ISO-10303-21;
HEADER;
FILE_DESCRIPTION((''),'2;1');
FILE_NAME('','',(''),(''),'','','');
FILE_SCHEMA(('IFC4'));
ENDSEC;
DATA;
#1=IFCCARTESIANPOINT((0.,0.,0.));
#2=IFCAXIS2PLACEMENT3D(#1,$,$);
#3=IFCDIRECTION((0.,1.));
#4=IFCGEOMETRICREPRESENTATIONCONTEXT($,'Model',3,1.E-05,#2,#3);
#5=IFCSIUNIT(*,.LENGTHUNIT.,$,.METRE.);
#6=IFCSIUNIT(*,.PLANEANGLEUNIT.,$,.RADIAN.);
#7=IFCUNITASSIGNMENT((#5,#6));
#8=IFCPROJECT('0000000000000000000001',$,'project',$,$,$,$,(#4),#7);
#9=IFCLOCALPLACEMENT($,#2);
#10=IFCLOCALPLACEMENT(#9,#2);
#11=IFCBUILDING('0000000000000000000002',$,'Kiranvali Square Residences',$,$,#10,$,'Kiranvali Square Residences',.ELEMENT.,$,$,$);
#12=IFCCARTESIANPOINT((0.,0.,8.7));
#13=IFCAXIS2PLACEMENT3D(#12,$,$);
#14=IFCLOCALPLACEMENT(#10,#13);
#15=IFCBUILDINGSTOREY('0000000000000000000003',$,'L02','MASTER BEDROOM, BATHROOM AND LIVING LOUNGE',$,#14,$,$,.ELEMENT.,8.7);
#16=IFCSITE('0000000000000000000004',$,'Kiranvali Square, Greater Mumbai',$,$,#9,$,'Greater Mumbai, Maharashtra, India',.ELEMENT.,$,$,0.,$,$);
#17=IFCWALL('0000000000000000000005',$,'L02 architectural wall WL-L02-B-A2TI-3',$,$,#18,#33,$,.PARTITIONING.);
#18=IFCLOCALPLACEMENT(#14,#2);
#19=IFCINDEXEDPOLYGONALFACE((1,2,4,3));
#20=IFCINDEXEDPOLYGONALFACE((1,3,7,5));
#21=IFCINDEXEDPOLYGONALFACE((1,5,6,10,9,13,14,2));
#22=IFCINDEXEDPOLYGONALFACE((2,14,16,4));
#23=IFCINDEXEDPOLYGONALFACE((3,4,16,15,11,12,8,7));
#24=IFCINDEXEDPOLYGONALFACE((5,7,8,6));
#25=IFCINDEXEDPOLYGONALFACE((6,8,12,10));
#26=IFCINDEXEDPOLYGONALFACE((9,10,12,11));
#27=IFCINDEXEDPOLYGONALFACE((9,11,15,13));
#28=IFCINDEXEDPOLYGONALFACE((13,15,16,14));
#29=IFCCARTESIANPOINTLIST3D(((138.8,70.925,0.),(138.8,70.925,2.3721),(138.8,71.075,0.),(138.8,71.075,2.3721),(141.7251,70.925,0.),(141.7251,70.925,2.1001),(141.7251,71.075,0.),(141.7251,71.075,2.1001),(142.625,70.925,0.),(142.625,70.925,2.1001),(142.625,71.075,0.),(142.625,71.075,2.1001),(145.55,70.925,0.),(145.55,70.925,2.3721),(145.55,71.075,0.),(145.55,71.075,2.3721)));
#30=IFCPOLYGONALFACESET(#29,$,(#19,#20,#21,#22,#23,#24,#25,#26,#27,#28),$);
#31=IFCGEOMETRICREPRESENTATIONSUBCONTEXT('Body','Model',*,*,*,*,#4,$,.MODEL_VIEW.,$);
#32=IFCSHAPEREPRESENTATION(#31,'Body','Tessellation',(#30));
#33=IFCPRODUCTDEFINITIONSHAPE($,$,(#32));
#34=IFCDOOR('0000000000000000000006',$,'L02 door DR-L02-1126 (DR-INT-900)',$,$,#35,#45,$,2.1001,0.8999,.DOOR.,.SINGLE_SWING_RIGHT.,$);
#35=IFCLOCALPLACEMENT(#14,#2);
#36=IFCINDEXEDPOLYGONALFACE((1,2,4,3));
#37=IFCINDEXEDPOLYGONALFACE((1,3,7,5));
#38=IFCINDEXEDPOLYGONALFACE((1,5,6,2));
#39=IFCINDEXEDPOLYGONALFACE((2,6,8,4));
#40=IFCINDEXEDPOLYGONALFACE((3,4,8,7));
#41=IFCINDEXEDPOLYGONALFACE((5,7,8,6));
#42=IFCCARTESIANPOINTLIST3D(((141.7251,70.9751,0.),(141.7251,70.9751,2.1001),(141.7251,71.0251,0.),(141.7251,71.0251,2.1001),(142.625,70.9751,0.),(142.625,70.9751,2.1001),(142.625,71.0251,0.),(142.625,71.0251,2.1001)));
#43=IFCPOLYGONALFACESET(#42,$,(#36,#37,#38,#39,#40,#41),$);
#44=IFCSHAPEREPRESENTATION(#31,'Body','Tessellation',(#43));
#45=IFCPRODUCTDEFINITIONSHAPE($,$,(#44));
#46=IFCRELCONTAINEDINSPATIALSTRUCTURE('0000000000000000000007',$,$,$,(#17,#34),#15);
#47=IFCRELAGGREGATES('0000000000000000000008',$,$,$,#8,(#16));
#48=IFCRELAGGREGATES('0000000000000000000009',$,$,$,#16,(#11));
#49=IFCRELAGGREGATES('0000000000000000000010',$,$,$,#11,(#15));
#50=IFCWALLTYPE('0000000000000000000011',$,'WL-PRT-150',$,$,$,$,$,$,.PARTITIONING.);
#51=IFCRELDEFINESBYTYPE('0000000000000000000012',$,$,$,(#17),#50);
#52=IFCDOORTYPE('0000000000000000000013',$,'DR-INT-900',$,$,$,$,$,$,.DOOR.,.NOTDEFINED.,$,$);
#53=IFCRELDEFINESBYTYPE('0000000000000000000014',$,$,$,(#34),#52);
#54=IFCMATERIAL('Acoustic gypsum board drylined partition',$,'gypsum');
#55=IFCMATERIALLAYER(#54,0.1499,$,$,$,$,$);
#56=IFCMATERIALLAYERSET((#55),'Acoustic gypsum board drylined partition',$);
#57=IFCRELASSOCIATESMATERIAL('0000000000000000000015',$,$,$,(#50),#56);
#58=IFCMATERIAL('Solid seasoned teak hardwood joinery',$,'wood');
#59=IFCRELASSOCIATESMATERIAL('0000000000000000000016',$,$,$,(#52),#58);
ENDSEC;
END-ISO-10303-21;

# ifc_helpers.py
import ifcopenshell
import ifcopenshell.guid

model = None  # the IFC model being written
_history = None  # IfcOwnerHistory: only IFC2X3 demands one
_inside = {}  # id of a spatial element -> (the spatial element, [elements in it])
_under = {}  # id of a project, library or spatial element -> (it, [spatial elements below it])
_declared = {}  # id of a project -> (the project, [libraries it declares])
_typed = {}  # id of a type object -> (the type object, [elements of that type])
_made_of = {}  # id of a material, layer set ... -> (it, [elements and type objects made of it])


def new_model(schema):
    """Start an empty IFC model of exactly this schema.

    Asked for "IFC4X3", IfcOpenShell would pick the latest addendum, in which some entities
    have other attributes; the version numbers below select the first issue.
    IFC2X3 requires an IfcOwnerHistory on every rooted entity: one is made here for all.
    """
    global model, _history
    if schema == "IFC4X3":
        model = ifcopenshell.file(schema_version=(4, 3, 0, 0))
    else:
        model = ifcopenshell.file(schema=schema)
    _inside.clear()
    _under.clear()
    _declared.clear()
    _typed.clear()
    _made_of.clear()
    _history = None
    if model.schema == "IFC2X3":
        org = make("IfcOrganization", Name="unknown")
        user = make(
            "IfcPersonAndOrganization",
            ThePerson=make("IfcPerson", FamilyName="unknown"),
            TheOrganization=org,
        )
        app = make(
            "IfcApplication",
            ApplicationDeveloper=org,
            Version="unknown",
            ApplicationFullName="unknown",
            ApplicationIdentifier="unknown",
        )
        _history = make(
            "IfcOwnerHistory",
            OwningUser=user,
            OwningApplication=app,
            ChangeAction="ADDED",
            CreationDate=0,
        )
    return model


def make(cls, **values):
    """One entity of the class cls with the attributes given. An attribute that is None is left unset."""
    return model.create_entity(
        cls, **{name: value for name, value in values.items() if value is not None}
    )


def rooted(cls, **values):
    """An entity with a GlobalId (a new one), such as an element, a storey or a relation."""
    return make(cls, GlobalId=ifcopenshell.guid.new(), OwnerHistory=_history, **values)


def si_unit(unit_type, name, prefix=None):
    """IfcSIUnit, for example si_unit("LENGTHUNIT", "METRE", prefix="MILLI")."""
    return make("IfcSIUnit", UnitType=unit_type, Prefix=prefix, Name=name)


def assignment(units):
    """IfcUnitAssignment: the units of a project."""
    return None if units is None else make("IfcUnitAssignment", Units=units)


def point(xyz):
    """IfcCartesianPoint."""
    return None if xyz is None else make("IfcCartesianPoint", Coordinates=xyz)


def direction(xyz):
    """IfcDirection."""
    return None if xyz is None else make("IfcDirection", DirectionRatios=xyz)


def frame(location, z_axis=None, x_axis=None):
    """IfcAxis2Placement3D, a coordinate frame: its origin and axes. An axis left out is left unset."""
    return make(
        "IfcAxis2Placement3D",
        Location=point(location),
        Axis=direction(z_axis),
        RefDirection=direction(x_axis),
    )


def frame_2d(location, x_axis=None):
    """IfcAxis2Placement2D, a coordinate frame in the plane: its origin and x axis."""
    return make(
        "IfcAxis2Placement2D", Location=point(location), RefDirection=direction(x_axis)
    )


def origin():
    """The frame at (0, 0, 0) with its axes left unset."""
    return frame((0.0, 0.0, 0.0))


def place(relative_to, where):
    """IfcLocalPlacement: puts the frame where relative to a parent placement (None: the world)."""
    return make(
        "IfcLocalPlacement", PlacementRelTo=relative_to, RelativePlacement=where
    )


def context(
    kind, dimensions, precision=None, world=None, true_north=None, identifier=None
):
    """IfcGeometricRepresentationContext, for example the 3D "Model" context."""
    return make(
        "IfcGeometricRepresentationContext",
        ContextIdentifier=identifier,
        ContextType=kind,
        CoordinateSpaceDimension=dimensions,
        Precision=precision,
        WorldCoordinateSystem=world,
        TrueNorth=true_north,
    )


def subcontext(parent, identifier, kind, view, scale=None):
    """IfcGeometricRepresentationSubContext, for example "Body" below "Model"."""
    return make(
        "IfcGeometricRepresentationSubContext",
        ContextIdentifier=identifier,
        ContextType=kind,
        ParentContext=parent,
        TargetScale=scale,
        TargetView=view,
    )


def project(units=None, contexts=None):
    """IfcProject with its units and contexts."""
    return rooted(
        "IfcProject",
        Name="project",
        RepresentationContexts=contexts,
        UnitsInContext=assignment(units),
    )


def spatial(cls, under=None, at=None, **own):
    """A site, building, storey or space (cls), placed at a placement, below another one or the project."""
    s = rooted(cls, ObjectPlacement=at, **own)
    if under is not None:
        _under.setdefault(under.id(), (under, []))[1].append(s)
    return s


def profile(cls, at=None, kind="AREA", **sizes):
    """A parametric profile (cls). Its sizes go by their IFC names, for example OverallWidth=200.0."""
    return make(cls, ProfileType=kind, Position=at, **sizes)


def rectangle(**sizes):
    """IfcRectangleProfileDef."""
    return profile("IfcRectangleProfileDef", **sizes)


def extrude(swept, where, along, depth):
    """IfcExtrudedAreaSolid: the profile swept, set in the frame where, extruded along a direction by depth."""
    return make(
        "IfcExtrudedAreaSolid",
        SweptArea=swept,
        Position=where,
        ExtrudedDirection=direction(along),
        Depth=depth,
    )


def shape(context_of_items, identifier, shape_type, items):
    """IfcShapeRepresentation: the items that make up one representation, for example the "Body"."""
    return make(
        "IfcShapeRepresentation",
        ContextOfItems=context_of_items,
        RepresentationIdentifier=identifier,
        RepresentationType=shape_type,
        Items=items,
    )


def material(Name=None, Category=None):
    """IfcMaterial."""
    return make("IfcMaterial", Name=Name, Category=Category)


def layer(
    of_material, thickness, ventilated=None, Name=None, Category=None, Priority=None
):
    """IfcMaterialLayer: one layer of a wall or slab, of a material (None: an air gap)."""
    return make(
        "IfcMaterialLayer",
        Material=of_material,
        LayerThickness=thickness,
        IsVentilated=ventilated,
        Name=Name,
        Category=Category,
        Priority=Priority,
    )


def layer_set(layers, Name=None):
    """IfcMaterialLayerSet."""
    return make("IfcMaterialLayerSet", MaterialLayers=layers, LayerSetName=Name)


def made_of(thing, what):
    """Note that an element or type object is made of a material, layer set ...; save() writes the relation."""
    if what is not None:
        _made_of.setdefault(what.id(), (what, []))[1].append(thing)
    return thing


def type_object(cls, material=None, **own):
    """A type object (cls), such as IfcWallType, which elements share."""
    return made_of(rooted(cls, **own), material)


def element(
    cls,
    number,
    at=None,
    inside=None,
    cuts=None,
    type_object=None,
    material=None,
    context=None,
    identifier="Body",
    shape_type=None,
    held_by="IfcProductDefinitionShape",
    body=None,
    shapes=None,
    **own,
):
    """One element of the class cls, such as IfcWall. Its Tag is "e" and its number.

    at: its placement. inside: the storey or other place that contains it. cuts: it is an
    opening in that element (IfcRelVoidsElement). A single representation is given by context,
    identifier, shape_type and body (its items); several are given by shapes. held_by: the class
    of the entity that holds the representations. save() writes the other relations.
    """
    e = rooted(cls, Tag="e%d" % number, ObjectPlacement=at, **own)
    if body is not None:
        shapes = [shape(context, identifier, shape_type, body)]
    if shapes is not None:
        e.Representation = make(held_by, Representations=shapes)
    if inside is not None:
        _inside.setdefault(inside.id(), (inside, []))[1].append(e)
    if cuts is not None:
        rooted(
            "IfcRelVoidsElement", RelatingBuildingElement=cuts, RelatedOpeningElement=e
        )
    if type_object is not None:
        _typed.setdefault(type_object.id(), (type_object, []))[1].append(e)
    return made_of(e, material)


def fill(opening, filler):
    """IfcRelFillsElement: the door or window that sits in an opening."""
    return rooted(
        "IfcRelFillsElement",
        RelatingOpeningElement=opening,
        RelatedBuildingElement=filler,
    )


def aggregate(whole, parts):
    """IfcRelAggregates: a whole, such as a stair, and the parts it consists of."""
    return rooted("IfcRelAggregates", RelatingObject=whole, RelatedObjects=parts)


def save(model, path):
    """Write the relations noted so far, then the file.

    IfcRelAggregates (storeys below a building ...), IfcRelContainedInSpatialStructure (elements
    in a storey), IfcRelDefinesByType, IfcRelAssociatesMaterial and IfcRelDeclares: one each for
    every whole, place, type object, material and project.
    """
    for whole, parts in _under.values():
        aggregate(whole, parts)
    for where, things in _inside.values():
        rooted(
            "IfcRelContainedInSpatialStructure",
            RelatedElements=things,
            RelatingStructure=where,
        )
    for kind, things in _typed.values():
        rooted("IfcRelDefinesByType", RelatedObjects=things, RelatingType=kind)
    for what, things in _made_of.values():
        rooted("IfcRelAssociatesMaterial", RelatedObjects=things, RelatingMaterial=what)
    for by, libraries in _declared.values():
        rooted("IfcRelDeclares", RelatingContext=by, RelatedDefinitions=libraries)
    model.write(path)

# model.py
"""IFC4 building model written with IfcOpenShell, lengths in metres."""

from ifc_helpers import new_model, si_unit, direction, frame, frame_2d, origin, place, context, subcontext, project, spatial, rectangle, extrude, material, layer, layer_set, type_object, element, fill, save


model = new_model("IFC4")

# Units and contexts
model_context = context("Model", 3, precision=1e-05, world=origin(), true_north=direction((0.0, 1.0)))
body_context = subcontext(model_context, "Body", "Model", "MODEL_VIEW")
ifc_project = project(units=[si_unit("LENGTHUNIT", "METRE"), si_unit("PLANEANGLEUNIT", "RADIAN")], contexts=[model_context])

# Site, building, storey
site_placement = place(None, origin())
site = spatial("IfcSite", under=ifc_project, at=site_placement, Name="Kiranvali Square, Greater Mumbai", LongName="Greater Mumbai, Maharashtra, India", CompositionType="ELEMENT", RefElevation=0.0)
building_placement = place(site_placement, origin())
building = spatial("IfcBuilding", under=site, at=building_placement, Name="Kiranvali Square Residences", LongName="Kiranvali Square Residences", CompositionType="ELEMENT")
storey_placement = place(building_placement, frame((0.0, 0.0, 8.7)))
storey = spatial("IfcBuildingStorey", under=building, at=storey_placement, Name="L02", Description="MASTER BEDROOM, BATHROOM AND LIVING LOUNGE", CompositionType="ELEMENT", Elevation=8.7)

# Wall, opening, door
ifc_material_1 = material(Name="Acoustic gypsum board drylined partition", Category="gypsum")
ifc_layer_1 = layer(ifc_material_1, 0.1499)
ifc_layer_set_1 = layer_set([ifc_layer_1], Name="Acoustic gypsum board drylined partition")
wall_type_1 = type_object("IfcWallType", Name="WL-PRT-150", PredefinedType="PARTITIONING", material=ifc_layer_set_1)
wall_1_placement = place(storey_placement, frame((138.8, 71.0, 0.0), z_axis=(0.0, 0.0, 1.0), x_axis=(1.0, 0.0, 0.0)))
wall_1 = element("IfcWall", 1, at=wall_1_placement, inside=storey, type_object=wall_type_1, Name="L02 architectural wall WL-L02-B-A2TI-3", PredefinedType="PARTITIONING", context=body_context, shape_type="SweptSolid", body=[
    extrude(rectangle(XDim=6.75, YDim=0.1499, at=frame_2d((3.375, 0.0))), origin(), (0.0, 0.0, 1.0), 2.3721),
])
opening_1_placement = place(wall_1_placement, frame((2.925, 0.0, 0.0)))
opening_1 = element("IfcOpeningElement", 2, at=opening_1_placement, cuts=wall_1, PredefinedType="OPENING", context=body_context, shape_type="SweptSolid", body=[
    extrude(rectangle(XDim=0.8999, YDim=2.1001, at=frame_2d((0.45, 1.05))), frame((0.0, 0.085, 0.0), z_axis=(0.0, -1.0, 0.0), x_axis=(1.0, 0.0, 0.0)), (0.0, 0.0, 1.0), 0.1699),
])
ifc_material_2 = material(Name="Solid seasoned teak hardwood joinery", Category="wood")
door_type_1 = type_object("IfcDoorType", Name="DR-INT-900", OperationType="NOTDEFINED", PredefinedType="DOOR", material=ifc_material_2)
door_1_placement = place(opening_1_placement, frame((0.8999, 0.0, 0.0), z_axis=(0.0, 0.0, 1.0), x_axis=(-1.0, 0.0, 0.0)))
door_1 = element("IfcDoor", 3, at=door_1_placement, inside=storey, type_object=door_type_1, Name="L02 door DR-L02-1126 (DR-INT-900)", OperationType="SINGLE_SWING_RIGHT", OverallHeight=2.1001, OverallWidth=0.8999, PredefinedType="DOOR", context=body_context, shape_type="SweptSolid", body=[
    extrude(rectangle(XDim=0.8999, YDim=2.1001, at=frame_2d((0.45, 1.05))), frame((0.0, 0.0249, 0.0), z_axis=(0.0, -1.0, 0.0), x_axis=(1.0, 0.0, 0.0)), (0.0, 0.0, 1.0), 0.05),
])
fill(opening_1, door_1)

save(model, "model.ifc")
